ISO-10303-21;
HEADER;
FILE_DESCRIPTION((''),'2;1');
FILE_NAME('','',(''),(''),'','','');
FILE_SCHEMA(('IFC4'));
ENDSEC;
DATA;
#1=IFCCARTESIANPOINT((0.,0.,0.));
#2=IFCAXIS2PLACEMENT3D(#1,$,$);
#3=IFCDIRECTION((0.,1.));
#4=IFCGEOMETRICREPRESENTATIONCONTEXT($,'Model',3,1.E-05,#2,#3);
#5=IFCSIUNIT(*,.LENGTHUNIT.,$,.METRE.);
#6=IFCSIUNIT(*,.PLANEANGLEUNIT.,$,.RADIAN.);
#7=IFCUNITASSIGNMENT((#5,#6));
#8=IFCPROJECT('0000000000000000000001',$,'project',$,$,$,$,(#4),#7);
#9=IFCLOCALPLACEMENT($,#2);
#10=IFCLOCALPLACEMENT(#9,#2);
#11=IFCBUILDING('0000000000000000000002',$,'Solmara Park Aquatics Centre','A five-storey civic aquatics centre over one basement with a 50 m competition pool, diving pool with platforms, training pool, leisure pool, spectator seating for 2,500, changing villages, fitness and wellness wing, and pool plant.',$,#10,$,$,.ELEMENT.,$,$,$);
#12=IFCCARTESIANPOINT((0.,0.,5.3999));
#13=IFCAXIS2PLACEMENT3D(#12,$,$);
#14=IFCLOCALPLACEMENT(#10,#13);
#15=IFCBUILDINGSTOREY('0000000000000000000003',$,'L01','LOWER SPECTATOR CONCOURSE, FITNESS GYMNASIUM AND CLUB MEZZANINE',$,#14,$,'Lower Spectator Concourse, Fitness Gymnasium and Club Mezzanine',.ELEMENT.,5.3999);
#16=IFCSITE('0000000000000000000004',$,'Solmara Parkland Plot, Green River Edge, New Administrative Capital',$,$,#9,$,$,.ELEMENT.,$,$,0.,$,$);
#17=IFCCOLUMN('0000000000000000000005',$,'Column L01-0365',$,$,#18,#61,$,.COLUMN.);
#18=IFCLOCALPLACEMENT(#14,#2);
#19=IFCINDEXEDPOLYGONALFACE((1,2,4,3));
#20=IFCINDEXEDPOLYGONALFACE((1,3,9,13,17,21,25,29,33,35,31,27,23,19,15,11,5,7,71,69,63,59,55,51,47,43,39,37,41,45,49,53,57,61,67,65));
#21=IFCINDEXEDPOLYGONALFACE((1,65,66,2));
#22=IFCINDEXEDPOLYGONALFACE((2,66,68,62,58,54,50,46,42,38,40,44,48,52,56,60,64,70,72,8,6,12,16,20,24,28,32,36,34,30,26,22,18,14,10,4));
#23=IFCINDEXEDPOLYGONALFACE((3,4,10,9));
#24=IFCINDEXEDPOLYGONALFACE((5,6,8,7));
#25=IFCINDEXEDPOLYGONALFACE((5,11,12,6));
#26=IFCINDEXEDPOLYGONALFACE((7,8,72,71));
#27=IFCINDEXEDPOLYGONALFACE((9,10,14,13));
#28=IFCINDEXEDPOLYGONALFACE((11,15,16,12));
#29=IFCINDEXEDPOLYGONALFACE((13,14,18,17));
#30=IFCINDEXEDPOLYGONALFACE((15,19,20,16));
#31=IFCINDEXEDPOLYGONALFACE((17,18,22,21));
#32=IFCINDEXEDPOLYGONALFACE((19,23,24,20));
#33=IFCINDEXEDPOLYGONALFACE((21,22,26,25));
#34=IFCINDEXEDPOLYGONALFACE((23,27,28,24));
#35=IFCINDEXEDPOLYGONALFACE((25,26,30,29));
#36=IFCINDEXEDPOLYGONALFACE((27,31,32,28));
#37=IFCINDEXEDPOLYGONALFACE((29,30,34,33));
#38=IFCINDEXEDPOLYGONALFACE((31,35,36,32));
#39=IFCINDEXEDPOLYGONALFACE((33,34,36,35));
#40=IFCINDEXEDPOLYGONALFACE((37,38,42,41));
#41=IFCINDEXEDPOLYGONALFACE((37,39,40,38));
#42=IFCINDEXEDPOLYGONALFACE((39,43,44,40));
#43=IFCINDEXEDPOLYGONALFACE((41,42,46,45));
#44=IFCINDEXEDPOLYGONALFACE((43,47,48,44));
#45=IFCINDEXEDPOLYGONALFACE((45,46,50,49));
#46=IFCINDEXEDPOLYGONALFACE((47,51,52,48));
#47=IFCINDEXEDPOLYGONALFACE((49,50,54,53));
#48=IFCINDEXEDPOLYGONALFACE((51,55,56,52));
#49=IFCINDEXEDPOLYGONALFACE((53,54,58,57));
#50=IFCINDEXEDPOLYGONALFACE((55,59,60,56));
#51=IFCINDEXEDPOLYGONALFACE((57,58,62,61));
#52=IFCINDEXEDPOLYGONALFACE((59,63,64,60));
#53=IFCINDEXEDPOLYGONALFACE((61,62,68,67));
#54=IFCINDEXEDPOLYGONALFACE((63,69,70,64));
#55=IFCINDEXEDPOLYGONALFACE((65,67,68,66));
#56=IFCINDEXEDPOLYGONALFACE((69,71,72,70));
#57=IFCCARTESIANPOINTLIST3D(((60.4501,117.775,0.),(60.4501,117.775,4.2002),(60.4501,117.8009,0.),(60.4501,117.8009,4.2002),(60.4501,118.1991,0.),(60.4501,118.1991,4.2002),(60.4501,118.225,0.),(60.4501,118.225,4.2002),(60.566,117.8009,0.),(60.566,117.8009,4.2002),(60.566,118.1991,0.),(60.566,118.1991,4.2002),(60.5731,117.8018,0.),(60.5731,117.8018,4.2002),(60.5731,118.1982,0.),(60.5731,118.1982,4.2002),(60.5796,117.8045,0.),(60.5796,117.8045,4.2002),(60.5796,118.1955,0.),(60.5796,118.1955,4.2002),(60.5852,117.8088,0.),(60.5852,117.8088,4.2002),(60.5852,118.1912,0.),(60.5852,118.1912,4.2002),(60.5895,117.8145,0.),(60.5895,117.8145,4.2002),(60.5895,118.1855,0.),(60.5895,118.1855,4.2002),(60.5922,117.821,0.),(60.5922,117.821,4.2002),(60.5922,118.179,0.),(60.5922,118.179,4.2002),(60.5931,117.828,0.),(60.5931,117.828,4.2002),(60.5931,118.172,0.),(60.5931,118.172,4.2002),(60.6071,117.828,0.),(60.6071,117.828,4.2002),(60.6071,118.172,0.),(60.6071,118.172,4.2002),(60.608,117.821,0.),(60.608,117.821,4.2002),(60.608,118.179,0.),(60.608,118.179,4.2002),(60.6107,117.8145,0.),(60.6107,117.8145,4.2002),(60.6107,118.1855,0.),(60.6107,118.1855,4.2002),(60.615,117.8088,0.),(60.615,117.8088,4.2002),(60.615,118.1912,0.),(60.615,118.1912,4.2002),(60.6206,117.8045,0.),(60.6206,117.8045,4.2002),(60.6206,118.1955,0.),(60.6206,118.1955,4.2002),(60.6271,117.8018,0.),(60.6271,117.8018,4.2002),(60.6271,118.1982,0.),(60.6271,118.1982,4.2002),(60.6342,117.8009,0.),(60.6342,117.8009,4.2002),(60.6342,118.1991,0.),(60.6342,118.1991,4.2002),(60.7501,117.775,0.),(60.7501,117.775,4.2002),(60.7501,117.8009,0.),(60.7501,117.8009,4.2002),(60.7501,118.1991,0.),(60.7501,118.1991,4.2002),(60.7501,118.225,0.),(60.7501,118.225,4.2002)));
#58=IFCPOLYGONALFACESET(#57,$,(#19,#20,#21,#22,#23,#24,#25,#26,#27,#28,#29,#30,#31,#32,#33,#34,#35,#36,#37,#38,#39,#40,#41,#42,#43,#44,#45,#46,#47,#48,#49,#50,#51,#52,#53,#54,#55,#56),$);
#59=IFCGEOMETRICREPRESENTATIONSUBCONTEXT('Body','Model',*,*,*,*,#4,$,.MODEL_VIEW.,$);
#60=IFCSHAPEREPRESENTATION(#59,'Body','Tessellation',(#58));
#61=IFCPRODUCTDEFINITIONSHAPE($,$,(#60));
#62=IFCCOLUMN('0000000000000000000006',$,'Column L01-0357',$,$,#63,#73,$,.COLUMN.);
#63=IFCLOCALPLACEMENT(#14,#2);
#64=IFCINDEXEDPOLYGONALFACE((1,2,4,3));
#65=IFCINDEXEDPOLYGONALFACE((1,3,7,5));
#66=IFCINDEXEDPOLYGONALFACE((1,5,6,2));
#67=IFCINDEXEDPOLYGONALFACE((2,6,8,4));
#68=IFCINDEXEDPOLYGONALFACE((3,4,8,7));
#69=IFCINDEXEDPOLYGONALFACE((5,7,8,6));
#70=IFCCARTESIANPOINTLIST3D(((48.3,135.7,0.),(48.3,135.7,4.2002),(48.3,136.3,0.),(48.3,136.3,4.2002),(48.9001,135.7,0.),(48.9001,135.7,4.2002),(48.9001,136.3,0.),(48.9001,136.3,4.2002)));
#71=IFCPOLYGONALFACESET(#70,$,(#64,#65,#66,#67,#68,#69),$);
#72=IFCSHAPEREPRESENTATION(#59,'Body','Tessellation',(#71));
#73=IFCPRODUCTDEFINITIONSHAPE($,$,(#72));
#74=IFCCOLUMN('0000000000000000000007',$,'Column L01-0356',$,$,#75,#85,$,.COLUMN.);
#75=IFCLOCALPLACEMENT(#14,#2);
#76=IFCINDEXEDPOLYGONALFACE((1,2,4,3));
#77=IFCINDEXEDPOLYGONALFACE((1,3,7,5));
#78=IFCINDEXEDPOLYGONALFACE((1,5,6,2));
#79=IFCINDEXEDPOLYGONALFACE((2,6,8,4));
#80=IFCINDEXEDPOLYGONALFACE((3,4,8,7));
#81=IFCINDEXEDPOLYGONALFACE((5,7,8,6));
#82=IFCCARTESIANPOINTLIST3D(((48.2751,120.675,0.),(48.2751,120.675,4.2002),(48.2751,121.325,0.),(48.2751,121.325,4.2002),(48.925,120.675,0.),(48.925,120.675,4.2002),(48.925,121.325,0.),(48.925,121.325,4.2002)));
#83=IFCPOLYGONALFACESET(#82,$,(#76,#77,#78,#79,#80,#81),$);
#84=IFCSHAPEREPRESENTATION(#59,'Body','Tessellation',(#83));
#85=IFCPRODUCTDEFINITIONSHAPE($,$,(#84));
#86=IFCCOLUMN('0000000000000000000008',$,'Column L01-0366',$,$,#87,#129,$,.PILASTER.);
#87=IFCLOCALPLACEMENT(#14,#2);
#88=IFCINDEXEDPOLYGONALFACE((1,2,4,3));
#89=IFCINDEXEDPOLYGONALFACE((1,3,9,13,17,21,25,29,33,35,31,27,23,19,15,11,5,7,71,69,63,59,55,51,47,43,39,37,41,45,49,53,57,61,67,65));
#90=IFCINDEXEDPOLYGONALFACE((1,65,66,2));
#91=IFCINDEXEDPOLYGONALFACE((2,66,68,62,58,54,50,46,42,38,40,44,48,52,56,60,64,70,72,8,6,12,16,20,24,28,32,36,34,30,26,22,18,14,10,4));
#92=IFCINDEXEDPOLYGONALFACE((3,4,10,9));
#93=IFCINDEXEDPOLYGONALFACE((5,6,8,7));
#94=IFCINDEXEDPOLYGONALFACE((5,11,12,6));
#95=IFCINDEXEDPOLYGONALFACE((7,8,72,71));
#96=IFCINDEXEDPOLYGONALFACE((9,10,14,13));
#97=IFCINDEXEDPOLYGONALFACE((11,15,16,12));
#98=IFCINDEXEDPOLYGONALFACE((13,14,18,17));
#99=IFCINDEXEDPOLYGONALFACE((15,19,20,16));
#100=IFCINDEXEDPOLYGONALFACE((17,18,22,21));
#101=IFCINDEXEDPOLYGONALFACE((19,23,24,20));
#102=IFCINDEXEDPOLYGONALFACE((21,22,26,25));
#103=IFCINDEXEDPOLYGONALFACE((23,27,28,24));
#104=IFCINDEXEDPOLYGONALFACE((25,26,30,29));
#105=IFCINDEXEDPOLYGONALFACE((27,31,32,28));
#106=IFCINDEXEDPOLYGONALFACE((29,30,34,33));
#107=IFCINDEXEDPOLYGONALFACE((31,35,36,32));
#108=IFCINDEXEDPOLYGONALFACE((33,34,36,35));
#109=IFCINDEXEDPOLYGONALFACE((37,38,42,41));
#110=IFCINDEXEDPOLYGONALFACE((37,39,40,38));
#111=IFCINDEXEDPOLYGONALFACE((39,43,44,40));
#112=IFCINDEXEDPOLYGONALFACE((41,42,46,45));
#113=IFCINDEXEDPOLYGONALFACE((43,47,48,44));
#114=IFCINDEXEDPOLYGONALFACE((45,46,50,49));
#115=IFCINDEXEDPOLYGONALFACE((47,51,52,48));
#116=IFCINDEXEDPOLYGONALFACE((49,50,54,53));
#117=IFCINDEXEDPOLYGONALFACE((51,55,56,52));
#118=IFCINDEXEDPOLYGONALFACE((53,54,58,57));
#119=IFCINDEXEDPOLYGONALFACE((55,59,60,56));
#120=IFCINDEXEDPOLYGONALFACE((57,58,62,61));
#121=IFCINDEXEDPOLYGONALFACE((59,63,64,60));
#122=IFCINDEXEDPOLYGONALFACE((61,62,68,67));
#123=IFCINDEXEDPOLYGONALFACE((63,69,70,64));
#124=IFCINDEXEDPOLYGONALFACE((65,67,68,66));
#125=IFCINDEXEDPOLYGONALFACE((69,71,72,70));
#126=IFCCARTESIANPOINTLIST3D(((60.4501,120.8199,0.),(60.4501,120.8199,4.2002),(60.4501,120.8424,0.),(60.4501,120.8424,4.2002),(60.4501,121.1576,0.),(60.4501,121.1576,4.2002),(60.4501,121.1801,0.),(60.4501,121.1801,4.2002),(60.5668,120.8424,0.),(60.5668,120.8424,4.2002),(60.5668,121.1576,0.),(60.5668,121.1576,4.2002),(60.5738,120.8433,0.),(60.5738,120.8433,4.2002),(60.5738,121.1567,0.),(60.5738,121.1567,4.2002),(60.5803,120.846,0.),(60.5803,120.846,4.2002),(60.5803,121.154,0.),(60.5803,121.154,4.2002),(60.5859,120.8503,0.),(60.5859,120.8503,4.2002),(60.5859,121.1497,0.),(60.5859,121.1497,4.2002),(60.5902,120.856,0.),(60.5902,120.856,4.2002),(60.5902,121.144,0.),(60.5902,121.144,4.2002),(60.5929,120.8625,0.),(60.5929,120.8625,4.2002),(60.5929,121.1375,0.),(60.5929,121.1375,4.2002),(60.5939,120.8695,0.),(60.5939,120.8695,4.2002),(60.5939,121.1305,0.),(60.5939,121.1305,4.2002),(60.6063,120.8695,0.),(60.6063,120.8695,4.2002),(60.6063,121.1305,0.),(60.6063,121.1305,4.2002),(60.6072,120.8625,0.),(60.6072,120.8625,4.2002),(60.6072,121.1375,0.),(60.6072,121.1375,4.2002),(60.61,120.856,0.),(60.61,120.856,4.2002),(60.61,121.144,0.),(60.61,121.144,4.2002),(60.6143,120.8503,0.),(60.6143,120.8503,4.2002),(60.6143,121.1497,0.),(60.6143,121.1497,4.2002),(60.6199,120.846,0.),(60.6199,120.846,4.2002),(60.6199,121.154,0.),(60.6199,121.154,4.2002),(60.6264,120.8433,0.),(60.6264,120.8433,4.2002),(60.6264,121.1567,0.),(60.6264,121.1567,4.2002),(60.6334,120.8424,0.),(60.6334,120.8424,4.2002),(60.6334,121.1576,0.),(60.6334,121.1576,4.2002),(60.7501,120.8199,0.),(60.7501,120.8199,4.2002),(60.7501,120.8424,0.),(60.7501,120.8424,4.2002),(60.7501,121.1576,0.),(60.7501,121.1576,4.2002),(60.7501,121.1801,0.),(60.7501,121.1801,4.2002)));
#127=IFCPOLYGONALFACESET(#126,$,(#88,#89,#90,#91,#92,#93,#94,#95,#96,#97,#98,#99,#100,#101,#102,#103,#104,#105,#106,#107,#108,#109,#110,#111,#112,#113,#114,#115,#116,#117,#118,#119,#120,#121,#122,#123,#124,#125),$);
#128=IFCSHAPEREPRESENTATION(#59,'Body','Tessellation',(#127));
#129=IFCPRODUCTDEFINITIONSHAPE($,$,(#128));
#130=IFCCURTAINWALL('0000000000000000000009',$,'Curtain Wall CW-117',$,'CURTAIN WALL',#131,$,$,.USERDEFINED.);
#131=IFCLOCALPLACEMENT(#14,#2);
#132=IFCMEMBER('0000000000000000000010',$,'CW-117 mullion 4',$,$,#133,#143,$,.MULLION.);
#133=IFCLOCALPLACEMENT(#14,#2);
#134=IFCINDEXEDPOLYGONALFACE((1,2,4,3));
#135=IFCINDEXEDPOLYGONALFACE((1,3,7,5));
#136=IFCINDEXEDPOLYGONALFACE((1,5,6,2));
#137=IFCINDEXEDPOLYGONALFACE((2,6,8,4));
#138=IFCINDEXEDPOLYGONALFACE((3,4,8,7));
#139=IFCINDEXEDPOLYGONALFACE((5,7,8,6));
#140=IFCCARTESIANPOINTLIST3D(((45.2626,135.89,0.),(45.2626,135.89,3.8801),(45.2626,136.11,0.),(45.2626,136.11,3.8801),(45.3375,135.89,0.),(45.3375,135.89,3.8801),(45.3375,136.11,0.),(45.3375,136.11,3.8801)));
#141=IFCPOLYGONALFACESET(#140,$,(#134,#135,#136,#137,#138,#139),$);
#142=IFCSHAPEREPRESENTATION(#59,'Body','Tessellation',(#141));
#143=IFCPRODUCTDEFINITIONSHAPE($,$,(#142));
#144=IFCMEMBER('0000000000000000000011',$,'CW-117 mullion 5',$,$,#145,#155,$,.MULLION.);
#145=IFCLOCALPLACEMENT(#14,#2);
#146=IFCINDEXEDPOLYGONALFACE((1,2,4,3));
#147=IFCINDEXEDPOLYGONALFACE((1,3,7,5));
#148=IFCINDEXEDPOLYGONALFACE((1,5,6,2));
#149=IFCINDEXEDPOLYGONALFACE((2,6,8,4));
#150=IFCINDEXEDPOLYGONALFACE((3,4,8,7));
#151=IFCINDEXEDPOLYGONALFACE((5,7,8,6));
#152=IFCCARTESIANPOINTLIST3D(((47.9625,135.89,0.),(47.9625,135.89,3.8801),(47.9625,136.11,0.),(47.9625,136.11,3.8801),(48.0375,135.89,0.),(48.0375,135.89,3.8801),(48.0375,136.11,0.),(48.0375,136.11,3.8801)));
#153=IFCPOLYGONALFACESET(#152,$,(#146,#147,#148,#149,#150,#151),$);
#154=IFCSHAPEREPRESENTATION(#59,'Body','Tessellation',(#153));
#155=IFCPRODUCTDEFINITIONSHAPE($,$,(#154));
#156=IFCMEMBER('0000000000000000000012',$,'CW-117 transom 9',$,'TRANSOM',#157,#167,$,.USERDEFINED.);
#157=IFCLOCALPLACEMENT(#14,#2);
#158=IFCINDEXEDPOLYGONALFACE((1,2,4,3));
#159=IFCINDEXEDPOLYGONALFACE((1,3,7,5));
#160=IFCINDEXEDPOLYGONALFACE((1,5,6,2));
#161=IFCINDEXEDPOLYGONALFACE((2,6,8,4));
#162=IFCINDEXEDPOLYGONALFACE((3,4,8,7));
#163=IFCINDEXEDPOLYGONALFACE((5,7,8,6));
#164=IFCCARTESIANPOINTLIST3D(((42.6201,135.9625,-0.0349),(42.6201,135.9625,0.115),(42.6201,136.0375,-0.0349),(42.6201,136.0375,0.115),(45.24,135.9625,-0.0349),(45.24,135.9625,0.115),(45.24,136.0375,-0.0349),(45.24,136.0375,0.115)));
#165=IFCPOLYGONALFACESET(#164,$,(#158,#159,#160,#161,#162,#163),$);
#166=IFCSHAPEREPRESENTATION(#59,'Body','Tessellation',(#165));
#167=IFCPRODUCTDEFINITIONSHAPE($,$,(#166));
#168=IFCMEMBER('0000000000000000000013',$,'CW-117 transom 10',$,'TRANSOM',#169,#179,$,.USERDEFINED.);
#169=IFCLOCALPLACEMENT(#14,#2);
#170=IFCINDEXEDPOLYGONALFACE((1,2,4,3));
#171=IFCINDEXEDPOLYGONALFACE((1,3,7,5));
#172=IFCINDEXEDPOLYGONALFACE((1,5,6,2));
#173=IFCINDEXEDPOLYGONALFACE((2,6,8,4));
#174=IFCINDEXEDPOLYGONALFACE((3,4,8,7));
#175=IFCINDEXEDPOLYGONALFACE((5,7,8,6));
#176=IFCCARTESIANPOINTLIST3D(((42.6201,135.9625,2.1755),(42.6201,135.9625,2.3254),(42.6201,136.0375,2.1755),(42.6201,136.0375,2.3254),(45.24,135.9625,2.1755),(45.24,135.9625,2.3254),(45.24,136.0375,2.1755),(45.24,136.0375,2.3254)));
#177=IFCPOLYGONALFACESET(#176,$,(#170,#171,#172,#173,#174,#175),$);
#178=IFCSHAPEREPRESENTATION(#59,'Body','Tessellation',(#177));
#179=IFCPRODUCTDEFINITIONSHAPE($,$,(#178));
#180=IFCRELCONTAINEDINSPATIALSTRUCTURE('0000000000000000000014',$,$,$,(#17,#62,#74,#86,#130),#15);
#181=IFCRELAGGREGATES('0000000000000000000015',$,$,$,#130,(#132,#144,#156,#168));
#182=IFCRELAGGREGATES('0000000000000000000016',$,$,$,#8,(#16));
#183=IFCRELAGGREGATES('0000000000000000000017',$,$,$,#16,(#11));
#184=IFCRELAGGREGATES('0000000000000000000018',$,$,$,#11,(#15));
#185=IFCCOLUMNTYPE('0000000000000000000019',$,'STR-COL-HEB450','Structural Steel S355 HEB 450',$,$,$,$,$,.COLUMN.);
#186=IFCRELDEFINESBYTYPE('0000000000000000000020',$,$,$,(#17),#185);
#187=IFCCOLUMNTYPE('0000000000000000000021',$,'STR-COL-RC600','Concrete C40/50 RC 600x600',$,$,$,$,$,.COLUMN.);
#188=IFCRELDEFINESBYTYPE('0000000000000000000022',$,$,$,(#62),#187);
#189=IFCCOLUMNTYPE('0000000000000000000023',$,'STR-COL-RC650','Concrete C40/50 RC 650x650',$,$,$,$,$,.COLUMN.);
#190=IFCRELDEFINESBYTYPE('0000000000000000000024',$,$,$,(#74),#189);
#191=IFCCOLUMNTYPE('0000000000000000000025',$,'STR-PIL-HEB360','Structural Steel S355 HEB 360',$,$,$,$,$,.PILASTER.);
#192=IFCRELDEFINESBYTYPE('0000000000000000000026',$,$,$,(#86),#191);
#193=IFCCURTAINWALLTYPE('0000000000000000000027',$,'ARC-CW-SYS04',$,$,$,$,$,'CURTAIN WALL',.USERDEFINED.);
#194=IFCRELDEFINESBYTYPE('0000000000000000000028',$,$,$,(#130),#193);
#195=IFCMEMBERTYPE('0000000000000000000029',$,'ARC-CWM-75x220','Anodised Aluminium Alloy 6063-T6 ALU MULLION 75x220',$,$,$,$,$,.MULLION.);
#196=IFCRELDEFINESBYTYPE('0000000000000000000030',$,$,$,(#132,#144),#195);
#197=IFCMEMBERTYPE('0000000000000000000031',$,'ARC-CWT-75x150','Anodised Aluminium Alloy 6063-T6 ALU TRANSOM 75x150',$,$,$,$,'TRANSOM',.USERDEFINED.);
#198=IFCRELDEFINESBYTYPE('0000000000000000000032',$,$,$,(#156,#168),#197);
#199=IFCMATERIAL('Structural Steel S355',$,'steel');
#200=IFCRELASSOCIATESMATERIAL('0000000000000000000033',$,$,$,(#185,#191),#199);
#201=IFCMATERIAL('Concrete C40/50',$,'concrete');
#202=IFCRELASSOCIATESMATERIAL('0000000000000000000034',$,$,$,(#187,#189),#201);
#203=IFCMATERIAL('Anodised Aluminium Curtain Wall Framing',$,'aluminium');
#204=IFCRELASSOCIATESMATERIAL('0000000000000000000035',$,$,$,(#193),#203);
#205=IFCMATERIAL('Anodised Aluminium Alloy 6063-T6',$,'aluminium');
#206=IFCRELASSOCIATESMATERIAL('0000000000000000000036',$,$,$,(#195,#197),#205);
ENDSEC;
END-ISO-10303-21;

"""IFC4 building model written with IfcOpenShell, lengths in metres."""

from ifc_helpers import new_model, si_unit, direction, frame, origin, origin_2d, place, context, subcontext, project, spatial, rectangle, i_section, extrude, material, material_profile, profile_set, type_object, element, aggregate, save


model = new_model("IFC4")

# Units and contexts
model_context = context("Model", 3, precision=1e-05, world=origin(), true_north=direction((0.0, 1.0)))
body_context = subcontext(model_context, "Body", "Model", "MODEL_VIEW")
ifc_project = project(units=[si_unit("LENGTHUNIT", "METRE"), si_unit("PLANEANGLEUNIT", "RADIAN")], contexts=[model_context])

# Site, building, storey
site_placement = place(None, origin())
site = spatial("IfcSite", under=ifc_project, at=site_placement, Name="Solmara Parkland Plot, Green River Edge, New Administrative Capital", CompositionType="ELEMENT", RefElevation=0.0)
building_placement = place(site_placement, origin())
building = spatial("IfcBuilding", under=site, at=building_placement, Name="Solmara Park Aquatics Centre", Description="A five-storey civic aquatics centre over one basement with a 50 m competition pool, diving pool with platforms, training pool, leisure pool, spectator seating for 2,500, changing villages, fitness and wellness wing, and pool plant.", CompositionType="ELEMENT")
storey_placement = place(building_placement, frame((0.0, 0.0, 5.3999)))
storey = spatial("IfcBuildingStorey", under=building, at=storey_placement, Name="L01", Description="LOWER SPECTATOR CONCOURSE, FITNESS GYMNASIUM AND CLUB MEZZANINE", LongName="Lower Spectator Concourse, Fitness Gymnasium and Club Mezzanine", CompositionType="ELEMENT", Elevation=5.3999)

# Columns
ifc_material_1 = material(Name="Structural Steel S355", Category="steel")
ifc_material_profile_1 = material_profile(ifc_material_1, i_section(OverallWidth=0.3, OverallDepth=0.45, WebThickness=0.0139, FlangeThickness=0.0259, FilletRadius=0.0271, at=origin_2d()), Name="HEB 450")
ifc_profile_set_1 = profile_set([ifc_material_profile_1], Name="Structural Steel S355")
column_type_1 = type_object("IfcColumnType", Name="STR-COL-HEB450", Description="Structural Steel S355 HEB 450", PredefinedType="COLUMN", material=ifc_profile_set_1)
column_1_placement = place(storey_placement, frame((60.6001, 118.0, 0.0), z_axis=(0.0, 0.0, 1.0), x_axis=(1.0, 0.0, 0.0)))
element("IfcColumn", 1, at=column_1_placement, inside=storey, type_object=column_type_1, Name="Column L01-0365", PredefinedType="COLUMN", context=body_context, shape_type="SweptSolid", body=[
    extrude(i_section(OverallWidth=0.3, OverallDepth=0.45, WebThickness=0.0139, FlangeThickness=0.0259, FilletRadius=0.0271, at=origin_2d()), origin(), (0.0, 0.0, 1.0), 4.2002),
])
ifc_material_2 = material(Name="Concrete C40/50", Category="concrete")
ifc_material_profile_2 = material_profile(ifc_material_2, rectangle(XDim=0.6001, YDim=0.6001, at=origin_2d()), Name="RC 600x600")
ifc_profile_set_2 = profile_set([ifc_material_profile_2], Name="Concrete C40/50")
column_type_2 = type_object("IfcColumnType", Name="STR-COL-RC600", Description="Concrete C40/50 RC 600x600", PredefinedType="COLUMN", material=ifc_profile_set_2)
column_2_placement = place(storey_placement, frame((48.6001, 136.0, 0.0), z_axis=(0.0, 0.0, 1.0), x_axis=(1.0, 0.0, 0.0)))
element("IfcColumn", 2, at=column_2_placement, inside=storey, type_object=column_type_2, Name="Column L01-0357", PredefinedType="COLUMN", context=body_context, shape_type="SweptSolid", body=[
    extrude(rectangle(XDim=0.6001, YDim=0.6001, at=origin_2d()), origin(), (0.0, 0.0, 1.0), 4.2002),
])
ifc_material_profile_3 = material_profile(ifc_material_2, rectangle(XDim=0.6499, YDim=0.6499, at=origin_2d()), Name="RC 650x650")
ifc_profile_set_3 = profile_set([ifc_material_profile_3], Name="Concrete C40/50")
column_type_3 = type_object("IfcColumnType", Name="STR-COL-RC650", Description="Concrete C40/50 RC 650x650", PredefinedType="COLUMN", material=ifc_profile_set_3)
column_3_placement = place(storey_placement, frame((48.6001, 121.0, 0.0), z_axis=(0.0, 0.0, 1.0), x_axis=(1.0, 0.0, 0.0)))
element("IfcColumn", 3, at=column_3_placement, inside=storey, type_object=column_type_3, Name="Column L01-0356", PredefinedType="COLUMN", context=body_context, shape_type="SweptSolid", body=[
    extrude(rectangle(XDim=0.6499, YDim=0.6499, at=origin_2d()), origin(), (0.0, 0.0, 1.0), 4.2002),
])
ifc_material_profile_4 = material_profile(ifc_material_1, i_section(OverallWidth=0.3, OverallDepth=0.3601, WebThickness=0.0125, FlangeThickness=0.0225, FilletRadius=0.0271, at=origin_2d()), Name="HEB 360")
ifc_profile_set_4 = profile_set([ifc_material_profile_4], Name="Structural Steel S355")
column_type_4 = type_object("IfcColumnType", Name="STR-PIL-HEB360", Description="Structural Steel S355 HEB 360", PredefinedType="PILASTER", material=ifc_profile_set_4)
column_4_placement = place(storey_placement, frame((60.6001, 121.0, 0.0), z_axis=(0.0, 0.0, 1.0), x_axis=(1.0, 0.0, 0.0)))
element("IfcColumn", 4, at=column_4_placement, inside=storey, type_object=column_type_4, Name="Column L01-0366", PredefinedType="PILASTER", context=body_context, shape_type="SweptSolid", body=[
    extrude(i_section(OverallWidth=0.3, OverallDepth=0.3601, WebThickness=0.0125, FlangeThickness=0.0225, FilletRadius=0.0271, at=origin_2d()), origin(), (0.0, 0.0, 1.0), 4.2002),
])

# Curtain wall, members
ifc_material_3 = material(Name="Anodised Aluminium Curtain Wall Framing", Category="aluminium")
curtain_wall_type = type_object("IfcCurtainWallType", Name="ARC-CW-SYS04", ElementType="CURTAIN WALL", PredefinedType="USERDEFINED", material=ifc_material_3)
curtain_wall_placement = place(storey_placement, origin())
curtain_wall = element("IfcCurtainWall", 5, at=curtain_wall_placement, inside=storey, type_object=curtain_wall_type, Name="Curtain Wall CW-117", ObjectType="CURTAIN WALL", PredefinedType="USERDEFINED")
ifc_material_4 = material(Name="Anodised Aluminium Alloy 6063-T6", Category="aluminium")
ifc_material_profile_5 = material_profile(ifc_material_4, rectangle(XDim=0.075, YDim=0.22, at=origin_2d()), Name="ALU MULLION 75x220")
ifc_profile_set_5 = profile_set([ifc_material_profile_5], Name="Anodised Aluminium Alloy 6063-T6")
member_type_1 = type_object("IfcMemberType", Name="ARC-CWM-75x220", Description="Anodised Aluminium Alloy 6063-T6 ALU MULLION 75x220", PredefinedType="MULLION", material=ifc_profile_set_5)
member_1_placement = place(storey_placement, frame((45.3, 136.0, 0.0), z_axis=(0.0, 0.0, 1.0), x_axis=(1.0, 0.0, 0.0)))
member_1 = element("IfcMember", 6, at=member_1_placement, type_object=member_type_1, Name="CW-117 mullion 4", PredefinedType="MULLION", context=body_context, shape_type="SweptSolid", body=[
    extrude(rectangle(XDim=0.075, YDim=0.22, at=origin_2d()), origin(), (0.0, 0.0, 1.0), 3.8801),
])
member_2_placement = place(storey_placement, frame((48.0, 136.0, 0.0), z_axis=(0.0, 0.0, 1.0), x_axis=(1.0, 0.0, 0.0)))
member_2 = element("IfcMember", 7, at=member_2_placement, type_object=member_type_1, Name="CW-117 mullion 5", PredefinedType="MULLION", context=body_context, shape_type="SweptSolid", body=[
    extrude(rectangle(XDim=0.075, YDim=0.22, at=origin_2d()), origin(), (0.0, 0.0, 1.0), 3.8801),
])
ifc_material_profile_6 = material_profile(ifc_material_4, rectangle(XDim=0.075, YDim=0.1499, at=origin_2d()), Name="ALU TRANSOM 75x150")
ifc_profile_set_6 = profile_set([ifc_material_profile_6], Name="Anodised Aluminium Alloy 6063-T6")
member_type_2 = type_object("IfcMemberType", Name="ARC-CWT-75x150", Description="Anodised Aluminium Alloy 6063-T6 ALU TRANSOM 75x150", ElementType="TRANSOM", PredefinedType="USERDEFINED", material=ifc_profile_set_6)
member_3_placement = place(storey_placement, frame((42.6201, 136.0, 0.04), z_axis=(1.0, 0.0, 0.0), x_axis=(0.0, 1.0, 0.0)))
member_3 = element("IfcMember", 8, at=member_3_placement, type_object=member_type_2, Name="CW-117 transom 9", ObjectType="TRANSOM", PredefinedType="USERDEFINED", context=body_context, shape_type="SweptSolid", body=[
    extrude(rectangle(XDim=0.075, YDim=0.1499, at=origin_2d()), origin(), (0.0, 0.0, 1.0), 2.6199),
])
member_4_placement = place(storey_placement, frame((42.6201, 136.0, 2.2505), z_axis=(1.0, 0.0, 0.0), x_axis=(0.0, 1.0, 0.0)))
member_4 = element("IfcMember", 9, at=member_4_placement, type_object=member_type_2, Name="CW-117 transom 10", ObjectType="TRANSOM", PredefinedType="USERDEFINED", context=body_context, shape_type="SweptSolid", body=[
    extrude(rectangle(XDim=0.075, YDim=0.1499, at=origin_2d()), origin(), (0.0, 0.0, 1.0), 2.6199),
])

aggregate(curtain_wall, [member_1, member_2, member_3, member_4])

save(model, "model.ifc")
